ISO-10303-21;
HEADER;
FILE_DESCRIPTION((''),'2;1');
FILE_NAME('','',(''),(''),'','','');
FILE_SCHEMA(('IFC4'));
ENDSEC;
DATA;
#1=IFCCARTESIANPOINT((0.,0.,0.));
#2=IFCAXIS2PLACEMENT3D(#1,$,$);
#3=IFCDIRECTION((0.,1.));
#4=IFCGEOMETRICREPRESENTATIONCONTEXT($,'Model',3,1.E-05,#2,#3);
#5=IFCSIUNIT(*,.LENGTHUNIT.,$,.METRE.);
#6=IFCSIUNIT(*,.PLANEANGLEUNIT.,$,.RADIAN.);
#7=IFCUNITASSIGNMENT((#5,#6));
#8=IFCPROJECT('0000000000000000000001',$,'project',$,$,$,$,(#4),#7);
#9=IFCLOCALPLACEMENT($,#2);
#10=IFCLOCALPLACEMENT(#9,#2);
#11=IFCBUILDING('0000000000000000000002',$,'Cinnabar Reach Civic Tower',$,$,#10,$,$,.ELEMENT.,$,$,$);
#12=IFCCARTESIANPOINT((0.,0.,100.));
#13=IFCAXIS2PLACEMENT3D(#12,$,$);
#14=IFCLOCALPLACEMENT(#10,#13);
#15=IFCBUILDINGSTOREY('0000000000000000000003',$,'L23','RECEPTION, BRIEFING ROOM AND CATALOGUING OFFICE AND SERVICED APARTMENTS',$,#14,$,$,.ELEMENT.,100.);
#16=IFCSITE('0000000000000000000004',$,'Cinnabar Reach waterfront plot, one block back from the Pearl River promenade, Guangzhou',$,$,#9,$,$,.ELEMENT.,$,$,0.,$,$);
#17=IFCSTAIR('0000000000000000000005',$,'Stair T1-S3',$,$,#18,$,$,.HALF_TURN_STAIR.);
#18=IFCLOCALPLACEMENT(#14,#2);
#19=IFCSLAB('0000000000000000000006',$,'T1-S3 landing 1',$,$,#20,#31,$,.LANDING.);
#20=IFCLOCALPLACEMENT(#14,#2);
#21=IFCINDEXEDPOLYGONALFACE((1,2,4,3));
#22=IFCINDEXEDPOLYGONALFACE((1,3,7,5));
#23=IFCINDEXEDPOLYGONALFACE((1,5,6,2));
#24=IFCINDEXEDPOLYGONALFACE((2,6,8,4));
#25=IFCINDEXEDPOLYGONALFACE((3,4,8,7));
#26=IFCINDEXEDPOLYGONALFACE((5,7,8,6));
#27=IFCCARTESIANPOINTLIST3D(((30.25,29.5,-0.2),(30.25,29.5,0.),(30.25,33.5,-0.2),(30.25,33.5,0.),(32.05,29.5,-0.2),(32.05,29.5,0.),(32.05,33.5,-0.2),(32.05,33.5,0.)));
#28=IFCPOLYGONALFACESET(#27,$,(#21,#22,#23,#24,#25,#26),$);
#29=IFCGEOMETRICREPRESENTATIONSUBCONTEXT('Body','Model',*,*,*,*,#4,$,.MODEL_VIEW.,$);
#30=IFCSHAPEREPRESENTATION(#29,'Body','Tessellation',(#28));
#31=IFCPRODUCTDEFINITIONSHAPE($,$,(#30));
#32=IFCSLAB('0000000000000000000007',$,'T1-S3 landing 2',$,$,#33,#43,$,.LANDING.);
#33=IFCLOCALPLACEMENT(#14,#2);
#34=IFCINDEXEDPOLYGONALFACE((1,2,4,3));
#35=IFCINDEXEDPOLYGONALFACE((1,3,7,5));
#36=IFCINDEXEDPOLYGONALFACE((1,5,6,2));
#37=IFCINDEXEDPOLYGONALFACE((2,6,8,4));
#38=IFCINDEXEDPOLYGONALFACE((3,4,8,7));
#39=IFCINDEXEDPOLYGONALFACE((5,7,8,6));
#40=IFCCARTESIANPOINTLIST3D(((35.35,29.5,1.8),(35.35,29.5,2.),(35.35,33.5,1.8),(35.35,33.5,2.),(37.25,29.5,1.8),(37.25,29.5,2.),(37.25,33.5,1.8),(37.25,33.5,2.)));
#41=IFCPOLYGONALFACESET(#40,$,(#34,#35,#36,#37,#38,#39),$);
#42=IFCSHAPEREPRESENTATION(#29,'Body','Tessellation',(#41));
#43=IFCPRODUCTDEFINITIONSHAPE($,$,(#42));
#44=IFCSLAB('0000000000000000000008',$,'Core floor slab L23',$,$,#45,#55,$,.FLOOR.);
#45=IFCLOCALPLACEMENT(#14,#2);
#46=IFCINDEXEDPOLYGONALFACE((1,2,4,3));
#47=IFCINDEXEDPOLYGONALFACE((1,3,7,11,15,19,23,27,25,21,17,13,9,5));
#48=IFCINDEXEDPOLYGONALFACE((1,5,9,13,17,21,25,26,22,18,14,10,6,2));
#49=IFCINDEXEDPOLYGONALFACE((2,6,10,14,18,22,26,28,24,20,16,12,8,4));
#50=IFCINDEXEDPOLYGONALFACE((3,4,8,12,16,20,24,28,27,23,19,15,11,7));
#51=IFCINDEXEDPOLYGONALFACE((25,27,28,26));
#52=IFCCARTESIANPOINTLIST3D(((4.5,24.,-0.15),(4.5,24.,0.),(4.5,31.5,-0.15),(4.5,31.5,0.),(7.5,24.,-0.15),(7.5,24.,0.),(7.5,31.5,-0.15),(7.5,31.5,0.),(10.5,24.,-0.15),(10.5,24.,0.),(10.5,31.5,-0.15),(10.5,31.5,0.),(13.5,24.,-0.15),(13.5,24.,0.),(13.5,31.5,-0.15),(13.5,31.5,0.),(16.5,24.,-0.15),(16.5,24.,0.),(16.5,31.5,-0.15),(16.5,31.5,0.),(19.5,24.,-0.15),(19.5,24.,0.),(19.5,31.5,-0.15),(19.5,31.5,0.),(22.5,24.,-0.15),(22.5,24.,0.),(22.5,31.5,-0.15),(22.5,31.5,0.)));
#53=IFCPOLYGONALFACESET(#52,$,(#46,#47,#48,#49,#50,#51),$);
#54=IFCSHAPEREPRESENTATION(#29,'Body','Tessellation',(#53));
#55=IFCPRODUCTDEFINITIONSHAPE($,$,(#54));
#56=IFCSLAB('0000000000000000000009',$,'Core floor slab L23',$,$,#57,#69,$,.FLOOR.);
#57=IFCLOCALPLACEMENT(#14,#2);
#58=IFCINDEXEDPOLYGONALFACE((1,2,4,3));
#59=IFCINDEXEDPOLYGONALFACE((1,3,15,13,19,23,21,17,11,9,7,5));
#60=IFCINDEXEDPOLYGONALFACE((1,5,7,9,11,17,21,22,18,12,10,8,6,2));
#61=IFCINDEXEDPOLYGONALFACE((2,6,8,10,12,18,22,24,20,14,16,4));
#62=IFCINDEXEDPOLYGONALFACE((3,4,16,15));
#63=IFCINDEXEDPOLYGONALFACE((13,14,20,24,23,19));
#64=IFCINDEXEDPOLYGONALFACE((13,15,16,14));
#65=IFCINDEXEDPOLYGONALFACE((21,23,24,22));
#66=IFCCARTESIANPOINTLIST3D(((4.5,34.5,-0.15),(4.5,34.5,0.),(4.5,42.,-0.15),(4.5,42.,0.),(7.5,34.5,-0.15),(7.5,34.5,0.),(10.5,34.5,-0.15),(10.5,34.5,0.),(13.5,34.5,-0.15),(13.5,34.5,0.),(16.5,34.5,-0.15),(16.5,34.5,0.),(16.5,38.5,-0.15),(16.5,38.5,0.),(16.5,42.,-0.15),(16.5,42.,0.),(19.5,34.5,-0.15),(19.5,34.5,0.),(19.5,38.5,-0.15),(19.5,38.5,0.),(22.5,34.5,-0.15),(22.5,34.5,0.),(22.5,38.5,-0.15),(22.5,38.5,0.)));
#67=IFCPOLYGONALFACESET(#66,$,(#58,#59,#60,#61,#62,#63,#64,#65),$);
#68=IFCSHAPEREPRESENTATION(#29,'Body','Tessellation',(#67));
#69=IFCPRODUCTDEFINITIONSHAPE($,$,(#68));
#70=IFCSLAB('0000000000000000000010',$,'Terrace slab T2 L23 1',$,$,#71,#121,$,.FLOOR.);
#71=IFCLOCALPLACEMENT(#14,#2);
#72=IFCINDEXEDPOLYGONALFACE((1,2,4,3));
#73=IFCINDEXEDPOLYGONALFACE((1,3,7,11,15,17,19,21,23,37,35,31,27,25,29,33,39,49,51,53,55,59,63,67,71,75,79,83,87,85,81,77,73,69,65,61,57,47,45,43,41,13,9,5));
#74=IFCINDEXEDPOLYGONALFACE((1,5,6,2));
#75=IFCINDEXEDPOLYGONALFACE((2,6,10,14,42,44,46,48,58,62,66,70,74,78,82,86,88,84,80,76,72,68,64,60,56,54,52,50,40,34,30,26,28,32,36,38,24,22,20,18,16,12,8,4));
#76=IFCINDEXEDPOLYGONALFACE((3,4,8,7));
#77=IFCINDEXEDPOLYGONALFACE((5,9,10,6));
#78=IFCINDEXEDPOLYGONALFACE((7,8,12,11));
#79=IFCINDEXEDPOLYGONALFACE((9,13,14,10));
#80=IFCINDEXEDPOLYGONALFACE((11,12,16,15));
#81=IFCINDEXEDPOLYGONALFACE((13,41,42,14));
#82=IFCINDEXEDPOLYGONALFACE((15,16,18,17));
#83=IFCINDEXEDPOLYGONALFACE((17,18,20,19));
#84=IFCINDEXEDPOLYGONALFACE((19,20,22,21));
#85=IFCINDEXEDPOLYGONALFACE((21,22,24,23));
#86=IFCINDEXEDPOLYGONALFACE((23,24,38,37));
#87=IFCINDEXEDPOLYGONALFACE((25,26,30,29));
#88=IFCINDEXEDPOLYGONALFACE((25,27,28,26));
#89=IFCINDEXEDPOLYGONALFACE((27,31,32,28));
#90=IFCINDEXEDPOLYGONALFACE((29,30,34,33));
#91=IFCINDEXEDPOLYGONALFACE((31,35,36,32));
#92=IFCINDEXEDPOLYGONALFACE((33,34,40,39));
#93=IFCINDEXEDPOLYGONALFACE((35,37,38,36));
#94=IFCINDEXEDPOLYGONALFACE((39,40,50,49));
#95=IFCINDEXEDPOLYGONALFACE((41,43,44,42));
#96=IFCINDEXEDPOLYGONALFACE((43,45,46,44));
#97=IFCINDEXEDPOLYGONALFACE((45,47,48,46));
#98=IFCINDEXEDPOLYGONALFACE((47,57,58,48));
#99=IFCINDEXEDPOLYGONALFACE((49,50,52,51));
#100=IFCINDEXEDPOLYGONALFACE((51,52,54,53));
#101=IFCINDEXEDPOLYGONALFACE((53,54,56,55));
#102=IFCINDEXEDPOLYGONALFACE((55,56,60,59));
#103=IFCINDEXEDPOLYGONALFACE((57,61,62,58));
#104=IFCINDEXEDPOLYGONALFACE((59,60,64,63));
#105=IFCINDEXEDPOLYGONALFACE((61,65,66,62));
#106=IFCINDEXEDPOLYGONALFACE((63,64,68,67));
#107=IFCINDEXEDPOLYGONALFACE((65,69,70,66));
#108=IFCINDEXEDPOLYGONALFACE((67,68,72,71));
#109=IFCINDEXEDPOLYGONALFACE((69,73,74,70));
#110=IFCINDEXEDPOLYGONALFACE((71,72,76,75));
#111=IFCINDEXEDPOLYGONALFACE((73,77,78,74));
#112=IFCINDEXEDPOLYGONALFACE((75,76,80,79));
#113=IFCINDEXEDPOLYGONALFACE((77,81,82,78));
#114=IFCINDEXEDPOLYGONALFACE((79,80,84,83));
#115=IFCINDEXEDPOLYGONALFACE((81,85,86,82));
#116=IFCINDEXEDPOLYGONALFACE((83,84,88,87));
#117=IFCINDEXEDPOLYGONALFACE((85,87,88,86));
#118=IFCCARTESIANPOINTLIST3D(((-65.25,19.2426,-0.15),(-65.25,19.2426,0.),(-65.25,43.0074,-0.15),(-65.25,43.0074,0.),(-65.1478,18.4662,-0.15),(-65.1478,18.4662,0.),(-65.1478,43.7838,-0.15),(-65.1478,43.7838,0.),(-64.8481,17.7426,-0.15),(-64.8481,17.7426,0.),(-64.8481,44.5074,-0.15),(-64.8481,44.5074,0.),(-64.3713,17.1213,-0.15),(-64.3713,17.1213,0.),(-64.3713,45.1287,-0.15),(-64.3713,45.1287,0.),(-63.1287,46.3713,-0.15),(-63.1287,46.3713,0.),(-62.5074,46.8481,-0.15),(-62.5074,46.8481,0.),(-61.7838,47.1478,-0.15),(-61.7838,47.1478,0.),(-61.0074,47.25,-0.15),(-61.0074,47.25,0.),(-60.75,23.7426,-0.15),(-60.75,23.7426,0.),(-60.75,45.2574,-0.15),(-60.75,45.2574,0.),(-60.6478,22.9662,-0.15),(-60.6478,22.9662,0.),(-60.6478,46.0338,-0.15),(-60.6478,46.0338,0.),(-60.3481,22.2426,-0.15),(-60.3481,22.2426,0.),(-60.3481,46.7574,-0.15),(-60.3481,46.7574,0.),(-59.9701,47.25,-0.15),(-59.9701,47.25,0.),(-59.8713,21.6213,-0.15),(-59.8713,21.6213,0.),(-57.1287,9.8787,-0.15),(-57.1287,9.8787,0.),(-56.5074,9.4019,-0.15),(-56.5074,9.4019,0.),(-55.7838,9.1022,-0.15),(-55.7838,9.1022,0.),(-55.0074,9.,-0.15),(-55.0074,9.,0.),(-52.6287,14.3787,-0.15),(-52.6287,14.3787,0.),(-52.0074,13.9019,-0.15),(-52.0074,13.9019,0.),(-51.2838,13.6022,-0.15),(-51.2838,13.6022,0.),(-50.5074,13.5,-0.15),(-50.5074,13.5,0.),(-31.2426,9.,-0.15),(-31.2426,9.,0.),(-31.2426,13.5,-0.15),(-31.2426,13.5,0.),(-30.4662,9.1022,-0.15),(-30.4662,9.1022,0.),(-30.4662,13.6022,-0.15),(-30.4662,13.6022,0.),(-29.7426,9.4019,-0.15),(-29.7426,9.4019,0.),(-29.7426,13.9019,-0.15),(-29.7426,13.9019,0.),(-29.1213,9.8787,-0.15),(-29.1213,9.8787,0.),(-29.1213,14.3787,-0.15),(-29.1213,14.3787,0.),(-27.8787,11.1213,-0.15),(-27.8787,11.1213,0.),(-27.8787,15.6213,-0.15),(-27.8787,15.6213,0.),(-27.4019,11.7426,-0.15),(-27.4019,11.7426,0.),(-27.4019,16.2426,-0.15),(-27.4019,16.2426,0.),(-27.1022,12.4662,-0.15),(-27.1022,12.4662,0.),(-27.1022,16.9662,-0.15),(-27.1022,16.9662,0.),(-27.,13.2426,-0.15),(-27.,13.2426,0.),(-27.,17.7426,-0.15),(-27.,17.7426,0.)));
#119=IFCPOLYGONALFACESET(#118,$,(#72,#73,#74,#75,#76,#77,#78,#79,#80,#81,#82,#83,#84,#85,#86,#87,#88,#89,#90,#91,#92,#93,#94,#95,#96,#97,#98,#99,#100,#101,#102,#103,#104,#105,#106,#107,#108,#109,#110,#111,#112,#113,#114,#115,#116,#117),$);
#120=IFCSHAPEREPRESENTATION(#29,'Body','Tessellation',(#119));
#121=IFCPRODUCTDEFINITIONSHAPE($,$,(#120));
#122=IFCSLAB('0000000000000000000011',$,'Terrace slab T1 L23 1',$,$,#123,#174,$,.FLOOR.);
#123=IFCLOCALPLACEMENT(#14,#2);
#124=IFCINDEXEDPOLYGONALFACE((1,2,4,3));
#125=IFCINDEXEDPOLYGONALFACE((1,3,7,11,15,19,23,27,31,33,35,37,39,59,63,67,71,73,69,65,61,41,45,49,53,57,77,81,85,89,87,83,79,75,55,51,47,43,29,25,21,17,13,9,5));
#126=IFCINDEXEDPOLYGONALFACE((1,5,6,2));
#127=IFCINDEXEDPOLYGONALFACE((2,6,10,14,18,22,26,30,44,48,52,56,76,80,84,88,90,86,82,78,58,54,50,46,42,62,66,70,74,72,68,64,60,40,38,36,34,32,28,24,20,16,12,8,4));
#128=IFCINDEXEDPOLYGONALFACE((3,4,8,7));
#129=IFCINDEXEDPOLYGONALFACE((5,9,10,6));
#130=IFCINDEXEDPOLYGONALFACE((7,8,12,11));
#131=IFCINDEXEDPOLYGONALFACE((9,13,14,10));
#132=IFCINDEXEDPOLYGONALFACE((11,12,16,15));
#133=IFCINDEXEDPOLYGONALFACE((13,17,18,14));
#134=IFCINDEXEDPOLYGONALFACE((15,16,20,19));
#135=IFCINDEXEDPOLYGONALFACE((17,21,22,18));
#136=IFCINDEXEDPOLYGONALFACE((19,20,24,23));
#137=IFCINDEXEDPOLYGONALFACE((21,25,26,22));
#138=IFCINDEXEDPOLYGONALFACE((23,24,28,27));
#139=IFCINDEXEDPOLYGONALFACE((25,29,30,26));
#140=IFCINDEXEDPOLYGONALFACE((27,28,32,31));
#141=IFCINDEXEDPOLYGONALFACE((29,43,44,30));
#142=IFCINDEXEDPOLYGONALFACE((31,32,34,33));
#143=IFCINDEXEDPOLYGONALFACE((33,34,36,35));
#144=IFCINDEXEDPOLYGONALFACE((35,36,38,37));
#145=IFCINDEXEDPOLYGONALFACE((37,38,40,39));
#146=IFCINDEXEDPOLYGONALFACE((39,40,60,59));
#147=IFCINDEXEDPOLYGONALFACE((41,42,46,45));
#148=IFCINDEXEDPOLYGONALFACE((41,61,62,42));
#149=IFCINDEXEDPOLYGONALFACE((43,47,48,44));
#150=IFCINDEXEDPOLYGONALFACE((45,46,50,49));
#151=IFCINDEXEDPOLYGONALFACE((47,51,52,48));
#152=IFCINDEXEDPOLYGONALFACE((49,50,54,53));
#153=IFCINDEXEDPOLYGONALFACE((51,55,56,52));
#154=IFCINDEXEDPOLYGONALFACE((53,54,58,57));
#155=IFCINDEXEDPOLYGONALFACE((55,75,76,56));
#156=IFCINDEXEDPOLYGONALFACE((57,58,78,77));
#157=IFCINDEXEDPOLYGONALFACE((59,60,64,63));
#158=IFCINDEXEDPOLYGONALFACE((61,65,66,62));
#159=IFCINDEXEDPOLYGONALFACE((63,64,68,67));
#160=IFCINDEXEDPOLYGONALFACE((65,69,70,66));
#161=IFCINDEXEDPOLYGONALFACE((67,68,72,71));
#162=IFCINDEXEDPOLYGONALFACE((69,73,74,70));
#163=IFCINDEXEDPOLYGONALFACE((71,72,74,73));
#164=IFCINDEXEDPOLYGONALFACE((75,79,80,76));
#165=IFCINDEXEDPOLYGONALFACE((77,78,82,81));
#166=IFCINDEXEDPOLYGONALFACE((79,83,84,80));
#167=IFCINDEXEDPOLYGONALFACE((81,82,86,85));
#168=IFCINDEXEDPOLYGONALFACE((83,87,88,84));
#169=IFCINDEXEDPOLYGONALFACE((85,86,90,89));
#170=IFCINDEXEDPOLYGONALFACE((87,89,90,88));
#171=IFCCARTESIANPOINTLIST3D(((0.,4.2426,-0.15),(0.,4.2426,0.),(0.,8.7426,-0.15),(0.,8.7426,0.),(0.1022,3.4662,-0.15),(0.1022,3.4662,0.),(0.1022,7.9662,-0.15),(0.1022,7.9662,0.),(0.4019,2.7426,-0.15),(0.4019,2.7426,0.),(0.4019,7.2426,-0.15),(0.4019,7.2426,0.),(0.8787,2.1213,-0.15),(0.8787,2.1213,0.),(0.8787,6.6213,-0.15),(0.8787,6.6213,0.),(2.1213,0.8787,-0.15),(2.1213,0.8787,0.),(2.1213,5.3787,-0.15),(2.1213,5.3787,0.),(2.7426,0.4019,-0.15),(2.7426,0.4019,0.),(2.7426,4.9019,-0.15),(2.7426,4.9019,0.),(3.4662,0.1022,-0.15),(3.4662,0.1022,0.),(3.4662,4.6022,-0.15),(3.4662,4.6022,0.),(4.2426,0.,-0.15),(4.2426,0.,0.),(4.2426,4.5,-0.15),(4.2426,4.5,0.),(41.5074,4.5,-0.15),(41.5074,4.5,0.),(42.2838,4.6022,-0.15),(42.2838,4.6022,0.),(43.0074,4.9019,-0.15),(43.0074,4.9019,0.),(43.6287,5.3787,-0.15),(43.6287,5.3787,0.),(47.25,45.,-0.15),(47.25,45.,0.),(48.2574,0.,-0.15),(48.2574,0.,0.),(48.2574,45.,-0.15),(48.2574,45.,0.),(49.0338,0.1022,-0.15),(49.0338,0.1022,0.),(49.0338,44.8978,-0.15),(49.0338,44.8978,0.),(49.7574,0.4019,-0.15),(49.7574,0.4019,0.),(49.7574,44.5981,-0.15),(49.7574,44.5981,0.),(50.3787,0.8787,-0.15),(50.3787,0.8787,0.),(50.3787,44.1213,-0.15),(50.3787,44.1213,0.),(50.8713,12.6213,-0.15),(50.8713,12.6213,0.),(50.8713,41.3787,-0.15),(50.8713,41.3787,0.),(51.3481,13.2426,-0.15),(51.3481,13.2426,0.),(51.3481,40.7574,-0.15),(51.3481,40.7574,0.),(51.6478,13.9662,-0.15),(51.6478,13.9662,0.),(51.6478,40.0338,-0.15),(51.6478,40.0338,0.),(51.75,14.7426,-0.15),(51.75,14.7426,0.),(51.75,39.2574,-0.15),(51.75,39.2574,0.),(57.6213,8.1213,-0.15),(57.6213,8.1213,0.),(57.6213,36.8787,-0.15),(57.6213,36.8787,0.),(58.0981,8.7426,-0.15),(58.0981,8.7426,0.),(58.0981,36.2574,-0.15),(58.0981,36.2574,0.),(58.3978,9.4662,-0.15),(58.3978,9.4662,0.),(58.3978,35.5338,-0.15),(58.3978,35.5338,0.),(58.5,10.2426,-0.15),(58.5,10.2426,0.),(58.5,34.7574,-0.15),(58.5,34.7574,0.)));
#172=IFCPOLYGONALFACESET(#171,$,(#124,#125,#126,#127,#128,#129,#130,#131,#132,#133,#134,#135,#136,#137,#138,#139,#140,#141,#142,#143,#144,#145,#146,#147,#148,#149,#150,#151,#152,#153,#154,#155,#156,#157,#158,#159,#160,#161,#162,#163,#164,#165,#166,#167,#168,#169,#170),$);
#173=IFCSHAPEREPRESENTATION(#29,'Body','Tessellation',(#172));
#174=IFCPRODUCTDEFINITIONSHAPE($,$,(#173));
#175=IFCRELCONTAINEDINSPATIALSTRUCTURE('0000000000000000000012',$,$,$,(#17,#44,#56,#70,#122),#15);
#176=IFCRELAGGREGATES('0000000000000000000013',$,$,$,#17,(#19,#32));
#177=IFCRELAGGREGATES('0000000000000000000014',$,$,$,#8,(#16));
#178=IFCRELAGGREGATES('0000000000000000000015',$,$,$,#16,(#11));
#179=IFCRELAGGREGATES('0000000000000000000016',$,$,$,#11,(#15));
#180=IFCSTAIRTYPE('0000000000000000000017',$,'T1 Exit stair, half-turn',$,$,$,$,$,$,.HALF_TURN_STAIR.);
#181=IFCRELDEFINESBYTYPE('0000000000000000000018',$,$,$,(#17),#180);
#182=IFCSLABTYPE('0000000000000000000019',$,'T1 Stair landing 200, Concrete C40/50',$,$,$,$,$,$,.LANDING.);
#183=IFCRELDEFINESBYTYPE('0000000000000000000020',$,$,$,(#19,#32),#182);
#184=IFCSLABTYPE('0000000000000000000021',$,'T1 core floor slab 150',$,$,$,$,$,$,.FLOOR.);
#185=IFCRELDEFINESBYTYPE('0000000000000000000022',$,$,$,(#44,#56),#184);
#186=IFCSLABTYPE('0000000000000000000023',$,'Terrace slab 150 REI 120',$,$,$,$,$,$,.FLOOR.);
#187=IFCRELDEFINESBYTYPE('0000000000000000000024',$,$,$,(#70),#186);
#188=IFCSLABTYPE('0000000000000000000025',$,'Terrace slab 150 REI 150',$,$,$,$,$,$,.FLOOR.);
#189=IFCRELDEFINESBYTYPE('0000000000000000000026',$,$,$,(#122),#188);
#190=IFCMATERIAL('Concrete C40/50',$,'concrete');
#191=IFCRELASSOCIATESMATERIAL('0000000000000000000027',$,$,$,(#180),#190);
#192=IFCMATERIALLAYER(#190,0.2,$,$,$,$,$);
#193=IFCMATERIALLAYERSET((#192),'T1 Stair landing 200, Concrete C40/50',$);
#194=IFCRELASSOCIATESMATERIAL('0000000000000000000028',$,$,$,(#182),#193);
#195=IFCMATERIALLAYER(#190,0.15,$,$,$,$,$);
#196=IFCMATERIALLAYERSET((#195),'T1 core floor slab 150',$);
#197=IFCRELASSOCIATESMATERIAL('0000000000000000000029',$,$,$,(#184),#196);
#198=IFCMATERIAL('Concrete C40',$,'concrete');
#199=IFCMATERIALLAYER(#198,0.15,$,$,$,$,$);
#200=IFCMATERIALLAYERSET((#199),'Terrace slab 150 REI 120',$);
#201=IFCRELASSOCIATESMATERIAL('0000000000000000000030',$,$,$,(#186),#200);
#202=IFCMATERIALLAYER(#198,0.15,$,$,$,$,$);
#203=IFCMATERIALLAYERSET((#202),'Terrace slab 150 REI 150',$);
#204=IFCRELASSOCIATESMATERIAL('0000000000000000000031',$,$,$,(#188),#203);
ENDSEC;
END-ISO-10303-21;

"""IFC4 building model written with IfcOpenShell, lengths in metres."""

from ifc_helpers import new_model, si_unit, direction, frame, origin, place, context, subcontext, project, spatial, polyline, outline, extrude, material, layer, layer_set, type_object, element, aggregate, save


model = new_model("IFC4")

# Units and contexts
model_context = context("Model", 3, precision=1e-05, world=origin(), true_north=direction((0.0, 1.0)))
body_context = subcontext(model_context, "Body", "Model", "MODEL_VIEW")
ifc_project = project(units=[si_unit("LENGTHUNIT", "METRE"), si_unit("PLANEANGLEUNIT", "RADIAN")], contexts=[model_context])

# Site, building, storey
site_placement = place(None, origin())
site = spatial("IfcSite", under=ifc_project, at=site_placement, Name="Cinnabar Reach waterfront plot, one block back from the Pearl River promenade, Guangzhou", CompositionType="ELEMENT", RefElevation=0.0)
building_placement = place(site_placement, origin())
building = spatial("IfcBuilding", under=site, at=building_placement, Name="Cinnabar Reach Civic Tower", CompositionType="ELEMENT")
storey_placement = place(building_placement, frame((0.0, 0.0, 100.0)))
storey = spatial("IfcBuildingStorey", under=building, at=storey_placement, Name="L23", Description="RECEPTION, BRIEFING ROOM AND CATALOGUING OFFICE AND SERVICED APARTMENTS", CompositionType="ELEMENT", Elevation=100.0)

# Shared definitions
ifc_material_1 = material(Name="Concrete C40", Category="concrete")

# Stair, slabs
ifc_material_2 = material(Name="Concrete C40/50", Category="concrete")
stair_type = type_object("IfcStairType", Name="T1 Exit stair, half-turn", PredefinedType="HALF_TURN_STAIR", material=ifc_material_2)
ifc_layer_1 = layer(ifc_material_2, 0.2)
ifc_layer_set_1 = layer_set([ifc_layer_1], Name="T1 Stair landing 200, Concrete C40/50")
slab_type_1 = type_object("IfcSlabType", Name="T1 Stair landing 200, Concrete C40/50", PredefinedType="LANDING", material=ifc_layer_set_1)
stair_1_placement = place(storey_placement, origin())
stair_1 = element("IfcStair", 1, at=stair_1_placement, inside=storey, type_object=stair_type, Name="Stair T1-S3", PredefinedType="HALF_TURN_STAIR")
slab_1_placement = place(storey_placement, frame((0.0, 0.0, -0.2)))
slab_1 = element("IfcSlab", 2, at=slab_1_placement, type_object=slab_type_1, Name="T1-S3 landing 1", PredefinedType="LANDING", context=body_context, shape_type="SweptSolid", body=[
    extrude(outline(polyline([(30.25, 29.5), (32.05, 29.5), (32.05, 33.5), (30.25, 33.5), (30.25, 29.5)])), origin(), (0.0, 0.0, 1.0), 0.2),
])
slab_2_placement = place(storey_placement, frame((0.0, 0.0, 1.8)))
slab_2 = element("IfcSlab", 3, at=slab_2_placement, type_object=slab_type_1, Name="T1-S3 landing 2", PredefinedType="LANDING", context=body_context, shape_type="SweptSolid", body=[
    extrude(outline(polyline([(35.35, 29.5), (37.25, 29.5), (37.25, 33.5), (35.35, 33.5), (35.35, 29.5)])), origin(), (0.0, 0.0, 1.0), 0.2),
])
aggregate(stair_1, [slab_1, slab_2])

# Slabs
ifc_layer_2 = layer(ifc_material_2, 0.15)
ifc_layer_set_2 = layer_set([ifc_layer_2], Name="T1 core floor slab 150")
slab_type_2 = type_object("IfcSlabType", Name="T1 core floor slab 150", PredefinedType="FLOOR", material=ifc_layer_set_2)
slab_3_placement = place(storey_placement, frame((0.0, 0.0, -0.15)))
element("IfcSlab", 4, at=slab_3_placement, inside=storey, type_object=slab_type_2, Name="Core floor slab L23", PredefinedType="FLOOR", context=body_context, shape_type="SweptSolid", body=[
    extrude(outline(polyline([(22.5, 24.0), (19.5, 24.0), (16.5, 24.0), (13.5, 24.0), (10.5, 24.0), (7.5, 24.0), (4.5, 24.0), (4.5, 31.5), (7.5, 31.5), (10.5, 31.5), (13.5, 31.5), (16.5, 31.5), (19.5, 31.5), (22.5, 31.5), (22.5, 24.0)])), origin(), (0.0, 0.0, 1.0), 0.15),
])
slab_4_placement = place(storey_placement, frame((0.0, 0.0, -0.15)))
element("IfcSlab", 5, at=slab_4_placement, inside=storey, type_object=slab_type_2, Name="Core floor slab L23", PredefinedType="FLOOR", context=body_context, shape_type="SweptSolid", body=[
    extrude(outline(polyline([(22.5, 34.5), (19.5, 34.5), (16.5, 34.5), (13.5, 34.5), (10.5, 34.5), (7.5, 34.5), (4.5, 34.5), (4.5, 42.0), (16.5, 42.0), (16.5, 38.5), (19.5, 38.5), (22.5, 38.5), (22.5, 34.5)])), origin(), (0.0, 0.0, 1.0), 0.15),
])
ifc_layer_3 = layer(ifc_material_1, 0.15)
ifc_layer_set_3 = layer_set([ifc_layer_3], Name="Terrace slab 150 REI 120")
slab_type_3 = type_object("IfcSlabType", Name="Terrace slab 150 REI 120", PredefinedType="FLOOR", material=ifc_layer_set_3)
slab_5_placement = place(storey_placement, frame((0.0, 0.0, -0.15)))
element("IfcSlab", 6, at=slab_5_placement, inside=storey, type_object=slab_type_3, Name="Terrace slab T2 L23 1", PredefinedType="FLOOR", context=body_context, shape_type="SweptSolid", body=[
    extrude(outline(polyline([(-27.0, 13.2426), (-27.1022, 12.4662), (-27.4019, 11.7426), (-27.8787, 11.1213), (-29.1213, 9.8787), (-29.7426, 9.4019), (-30.4662, 9.1022), (-31.2426, 9.0), (-55.0074, 9.0), (-55.7838, 9.1022), (-56.5074, 9.4019), (-57.1287, 9.8787), (-64.3713, 17.1213), (-64.8481, 17.7426), (-65.1478, 18.4662), (-65.25, 19.2426), (-65.25, 43.0074), (-65.1478, 43.7838), (-64.8481, 44.5074), (-64.3713, 45.1287), (-63.1287, 46.3713), (-62.5074, 46.8481), (-61.7838, 47.1478), (-61.0074, 47.25), (-59.9701, 47.25), (-60.3481, 46.7574), (-60.6478, 46.0338), (-60.75, 45.2574), (-60.75, 23.7426), (-60.6478, 22.9662), (-60.3481, 22.2426), (-59.8713, 21.6213), (-52.6287, 14.3787), (-52.0074, 13.9019), (-51.2838, 13.6022), (-50.5074, 13.5), (-31.2426, 13.5), (-30.4662, 13.6022), (-29.7426, 13.9019), (-29.1213, 14.3787), (-27.8787, 15.6213), (-27.4019, 16.2426), (-27.1022, 16.9662), (-27.0, 17.7426), (-27.0, 13.2426)])), origin(), (0.0, 0.0, 1.0), 0.15),
])
ifc_layer_4 = layer(ifc_material_1, 0.15)
ifc_layer_set_4 = layer_set([ifc_layer_4], Name="Terrace slab 150 REI 150")
slab_type_4 = type_object("IfcSlabType", Name="Terrace slab 150 REI 150", PredefinedType="FLOOR", material=ifc_layer_set_4)
slab_6_placement = place(storey_placement, frame((0.0, 0.0, -0.15)))
element("IfcSlab", 7, at=slab_6_placement, inside=storey, type_object=slab_type_4, Name="Terrace slab T1 L23 1", PredefinedType="FLOOR", context=body_context, shape_type="SweptSolid", body=[
    extrude(outline(polyline([(48.2574, 45.0), (49.0338, 44.8978), (49.7574, 44.5981), (50.3787, 44.1213), (57.6213, 36.8787), (58.0981, 36.2574), (58.3978, 35.5338), (58.5, 34.7574), (58.5, 10.2426), (58.3978, 9.4662), (58.0981, 8.7426), (57.6213, 8.1213), (50.3787, 0.8787), (49.7574, 0.4019), (49.0338, 0.1022), (48.2574, 0.0), (4.2426, 0.0), (3.4662, 0.1022), (2.7426, 0.4019), (2.1213, 0.8787), (0.8787, 2.1213), (0.4019, 2.7426), (0.1022, 3.4662), (0.0, 4.2426), (0.0, 8.7426), (0.1022, 7.9662), (0.4019, 7.2426), (0.8787, 6.6213), (2.1213, 5.3787), (2.7426, 4.9019), (3.4662, 4.6022), (4.2426, 4.5), (41.5074, 4.5), (42.2838, 4.6022), (43.0074, 4.9019), (43.6287, 5.3787), (50.8713, 12.6213), (51.3481, 13.2426), (51.6478, 13.9662), (51.75, 14.7426), (51.75, 39.2574), (51.6478, 40.0338), (51.3481, 40.7574), (50.8713, 41.3787), (47.25, 45.0), (48.2574, 45.0)])), origin(), (0.0, 0.0, 1.0), 0.15),
])

save(model, "model.ifc")
